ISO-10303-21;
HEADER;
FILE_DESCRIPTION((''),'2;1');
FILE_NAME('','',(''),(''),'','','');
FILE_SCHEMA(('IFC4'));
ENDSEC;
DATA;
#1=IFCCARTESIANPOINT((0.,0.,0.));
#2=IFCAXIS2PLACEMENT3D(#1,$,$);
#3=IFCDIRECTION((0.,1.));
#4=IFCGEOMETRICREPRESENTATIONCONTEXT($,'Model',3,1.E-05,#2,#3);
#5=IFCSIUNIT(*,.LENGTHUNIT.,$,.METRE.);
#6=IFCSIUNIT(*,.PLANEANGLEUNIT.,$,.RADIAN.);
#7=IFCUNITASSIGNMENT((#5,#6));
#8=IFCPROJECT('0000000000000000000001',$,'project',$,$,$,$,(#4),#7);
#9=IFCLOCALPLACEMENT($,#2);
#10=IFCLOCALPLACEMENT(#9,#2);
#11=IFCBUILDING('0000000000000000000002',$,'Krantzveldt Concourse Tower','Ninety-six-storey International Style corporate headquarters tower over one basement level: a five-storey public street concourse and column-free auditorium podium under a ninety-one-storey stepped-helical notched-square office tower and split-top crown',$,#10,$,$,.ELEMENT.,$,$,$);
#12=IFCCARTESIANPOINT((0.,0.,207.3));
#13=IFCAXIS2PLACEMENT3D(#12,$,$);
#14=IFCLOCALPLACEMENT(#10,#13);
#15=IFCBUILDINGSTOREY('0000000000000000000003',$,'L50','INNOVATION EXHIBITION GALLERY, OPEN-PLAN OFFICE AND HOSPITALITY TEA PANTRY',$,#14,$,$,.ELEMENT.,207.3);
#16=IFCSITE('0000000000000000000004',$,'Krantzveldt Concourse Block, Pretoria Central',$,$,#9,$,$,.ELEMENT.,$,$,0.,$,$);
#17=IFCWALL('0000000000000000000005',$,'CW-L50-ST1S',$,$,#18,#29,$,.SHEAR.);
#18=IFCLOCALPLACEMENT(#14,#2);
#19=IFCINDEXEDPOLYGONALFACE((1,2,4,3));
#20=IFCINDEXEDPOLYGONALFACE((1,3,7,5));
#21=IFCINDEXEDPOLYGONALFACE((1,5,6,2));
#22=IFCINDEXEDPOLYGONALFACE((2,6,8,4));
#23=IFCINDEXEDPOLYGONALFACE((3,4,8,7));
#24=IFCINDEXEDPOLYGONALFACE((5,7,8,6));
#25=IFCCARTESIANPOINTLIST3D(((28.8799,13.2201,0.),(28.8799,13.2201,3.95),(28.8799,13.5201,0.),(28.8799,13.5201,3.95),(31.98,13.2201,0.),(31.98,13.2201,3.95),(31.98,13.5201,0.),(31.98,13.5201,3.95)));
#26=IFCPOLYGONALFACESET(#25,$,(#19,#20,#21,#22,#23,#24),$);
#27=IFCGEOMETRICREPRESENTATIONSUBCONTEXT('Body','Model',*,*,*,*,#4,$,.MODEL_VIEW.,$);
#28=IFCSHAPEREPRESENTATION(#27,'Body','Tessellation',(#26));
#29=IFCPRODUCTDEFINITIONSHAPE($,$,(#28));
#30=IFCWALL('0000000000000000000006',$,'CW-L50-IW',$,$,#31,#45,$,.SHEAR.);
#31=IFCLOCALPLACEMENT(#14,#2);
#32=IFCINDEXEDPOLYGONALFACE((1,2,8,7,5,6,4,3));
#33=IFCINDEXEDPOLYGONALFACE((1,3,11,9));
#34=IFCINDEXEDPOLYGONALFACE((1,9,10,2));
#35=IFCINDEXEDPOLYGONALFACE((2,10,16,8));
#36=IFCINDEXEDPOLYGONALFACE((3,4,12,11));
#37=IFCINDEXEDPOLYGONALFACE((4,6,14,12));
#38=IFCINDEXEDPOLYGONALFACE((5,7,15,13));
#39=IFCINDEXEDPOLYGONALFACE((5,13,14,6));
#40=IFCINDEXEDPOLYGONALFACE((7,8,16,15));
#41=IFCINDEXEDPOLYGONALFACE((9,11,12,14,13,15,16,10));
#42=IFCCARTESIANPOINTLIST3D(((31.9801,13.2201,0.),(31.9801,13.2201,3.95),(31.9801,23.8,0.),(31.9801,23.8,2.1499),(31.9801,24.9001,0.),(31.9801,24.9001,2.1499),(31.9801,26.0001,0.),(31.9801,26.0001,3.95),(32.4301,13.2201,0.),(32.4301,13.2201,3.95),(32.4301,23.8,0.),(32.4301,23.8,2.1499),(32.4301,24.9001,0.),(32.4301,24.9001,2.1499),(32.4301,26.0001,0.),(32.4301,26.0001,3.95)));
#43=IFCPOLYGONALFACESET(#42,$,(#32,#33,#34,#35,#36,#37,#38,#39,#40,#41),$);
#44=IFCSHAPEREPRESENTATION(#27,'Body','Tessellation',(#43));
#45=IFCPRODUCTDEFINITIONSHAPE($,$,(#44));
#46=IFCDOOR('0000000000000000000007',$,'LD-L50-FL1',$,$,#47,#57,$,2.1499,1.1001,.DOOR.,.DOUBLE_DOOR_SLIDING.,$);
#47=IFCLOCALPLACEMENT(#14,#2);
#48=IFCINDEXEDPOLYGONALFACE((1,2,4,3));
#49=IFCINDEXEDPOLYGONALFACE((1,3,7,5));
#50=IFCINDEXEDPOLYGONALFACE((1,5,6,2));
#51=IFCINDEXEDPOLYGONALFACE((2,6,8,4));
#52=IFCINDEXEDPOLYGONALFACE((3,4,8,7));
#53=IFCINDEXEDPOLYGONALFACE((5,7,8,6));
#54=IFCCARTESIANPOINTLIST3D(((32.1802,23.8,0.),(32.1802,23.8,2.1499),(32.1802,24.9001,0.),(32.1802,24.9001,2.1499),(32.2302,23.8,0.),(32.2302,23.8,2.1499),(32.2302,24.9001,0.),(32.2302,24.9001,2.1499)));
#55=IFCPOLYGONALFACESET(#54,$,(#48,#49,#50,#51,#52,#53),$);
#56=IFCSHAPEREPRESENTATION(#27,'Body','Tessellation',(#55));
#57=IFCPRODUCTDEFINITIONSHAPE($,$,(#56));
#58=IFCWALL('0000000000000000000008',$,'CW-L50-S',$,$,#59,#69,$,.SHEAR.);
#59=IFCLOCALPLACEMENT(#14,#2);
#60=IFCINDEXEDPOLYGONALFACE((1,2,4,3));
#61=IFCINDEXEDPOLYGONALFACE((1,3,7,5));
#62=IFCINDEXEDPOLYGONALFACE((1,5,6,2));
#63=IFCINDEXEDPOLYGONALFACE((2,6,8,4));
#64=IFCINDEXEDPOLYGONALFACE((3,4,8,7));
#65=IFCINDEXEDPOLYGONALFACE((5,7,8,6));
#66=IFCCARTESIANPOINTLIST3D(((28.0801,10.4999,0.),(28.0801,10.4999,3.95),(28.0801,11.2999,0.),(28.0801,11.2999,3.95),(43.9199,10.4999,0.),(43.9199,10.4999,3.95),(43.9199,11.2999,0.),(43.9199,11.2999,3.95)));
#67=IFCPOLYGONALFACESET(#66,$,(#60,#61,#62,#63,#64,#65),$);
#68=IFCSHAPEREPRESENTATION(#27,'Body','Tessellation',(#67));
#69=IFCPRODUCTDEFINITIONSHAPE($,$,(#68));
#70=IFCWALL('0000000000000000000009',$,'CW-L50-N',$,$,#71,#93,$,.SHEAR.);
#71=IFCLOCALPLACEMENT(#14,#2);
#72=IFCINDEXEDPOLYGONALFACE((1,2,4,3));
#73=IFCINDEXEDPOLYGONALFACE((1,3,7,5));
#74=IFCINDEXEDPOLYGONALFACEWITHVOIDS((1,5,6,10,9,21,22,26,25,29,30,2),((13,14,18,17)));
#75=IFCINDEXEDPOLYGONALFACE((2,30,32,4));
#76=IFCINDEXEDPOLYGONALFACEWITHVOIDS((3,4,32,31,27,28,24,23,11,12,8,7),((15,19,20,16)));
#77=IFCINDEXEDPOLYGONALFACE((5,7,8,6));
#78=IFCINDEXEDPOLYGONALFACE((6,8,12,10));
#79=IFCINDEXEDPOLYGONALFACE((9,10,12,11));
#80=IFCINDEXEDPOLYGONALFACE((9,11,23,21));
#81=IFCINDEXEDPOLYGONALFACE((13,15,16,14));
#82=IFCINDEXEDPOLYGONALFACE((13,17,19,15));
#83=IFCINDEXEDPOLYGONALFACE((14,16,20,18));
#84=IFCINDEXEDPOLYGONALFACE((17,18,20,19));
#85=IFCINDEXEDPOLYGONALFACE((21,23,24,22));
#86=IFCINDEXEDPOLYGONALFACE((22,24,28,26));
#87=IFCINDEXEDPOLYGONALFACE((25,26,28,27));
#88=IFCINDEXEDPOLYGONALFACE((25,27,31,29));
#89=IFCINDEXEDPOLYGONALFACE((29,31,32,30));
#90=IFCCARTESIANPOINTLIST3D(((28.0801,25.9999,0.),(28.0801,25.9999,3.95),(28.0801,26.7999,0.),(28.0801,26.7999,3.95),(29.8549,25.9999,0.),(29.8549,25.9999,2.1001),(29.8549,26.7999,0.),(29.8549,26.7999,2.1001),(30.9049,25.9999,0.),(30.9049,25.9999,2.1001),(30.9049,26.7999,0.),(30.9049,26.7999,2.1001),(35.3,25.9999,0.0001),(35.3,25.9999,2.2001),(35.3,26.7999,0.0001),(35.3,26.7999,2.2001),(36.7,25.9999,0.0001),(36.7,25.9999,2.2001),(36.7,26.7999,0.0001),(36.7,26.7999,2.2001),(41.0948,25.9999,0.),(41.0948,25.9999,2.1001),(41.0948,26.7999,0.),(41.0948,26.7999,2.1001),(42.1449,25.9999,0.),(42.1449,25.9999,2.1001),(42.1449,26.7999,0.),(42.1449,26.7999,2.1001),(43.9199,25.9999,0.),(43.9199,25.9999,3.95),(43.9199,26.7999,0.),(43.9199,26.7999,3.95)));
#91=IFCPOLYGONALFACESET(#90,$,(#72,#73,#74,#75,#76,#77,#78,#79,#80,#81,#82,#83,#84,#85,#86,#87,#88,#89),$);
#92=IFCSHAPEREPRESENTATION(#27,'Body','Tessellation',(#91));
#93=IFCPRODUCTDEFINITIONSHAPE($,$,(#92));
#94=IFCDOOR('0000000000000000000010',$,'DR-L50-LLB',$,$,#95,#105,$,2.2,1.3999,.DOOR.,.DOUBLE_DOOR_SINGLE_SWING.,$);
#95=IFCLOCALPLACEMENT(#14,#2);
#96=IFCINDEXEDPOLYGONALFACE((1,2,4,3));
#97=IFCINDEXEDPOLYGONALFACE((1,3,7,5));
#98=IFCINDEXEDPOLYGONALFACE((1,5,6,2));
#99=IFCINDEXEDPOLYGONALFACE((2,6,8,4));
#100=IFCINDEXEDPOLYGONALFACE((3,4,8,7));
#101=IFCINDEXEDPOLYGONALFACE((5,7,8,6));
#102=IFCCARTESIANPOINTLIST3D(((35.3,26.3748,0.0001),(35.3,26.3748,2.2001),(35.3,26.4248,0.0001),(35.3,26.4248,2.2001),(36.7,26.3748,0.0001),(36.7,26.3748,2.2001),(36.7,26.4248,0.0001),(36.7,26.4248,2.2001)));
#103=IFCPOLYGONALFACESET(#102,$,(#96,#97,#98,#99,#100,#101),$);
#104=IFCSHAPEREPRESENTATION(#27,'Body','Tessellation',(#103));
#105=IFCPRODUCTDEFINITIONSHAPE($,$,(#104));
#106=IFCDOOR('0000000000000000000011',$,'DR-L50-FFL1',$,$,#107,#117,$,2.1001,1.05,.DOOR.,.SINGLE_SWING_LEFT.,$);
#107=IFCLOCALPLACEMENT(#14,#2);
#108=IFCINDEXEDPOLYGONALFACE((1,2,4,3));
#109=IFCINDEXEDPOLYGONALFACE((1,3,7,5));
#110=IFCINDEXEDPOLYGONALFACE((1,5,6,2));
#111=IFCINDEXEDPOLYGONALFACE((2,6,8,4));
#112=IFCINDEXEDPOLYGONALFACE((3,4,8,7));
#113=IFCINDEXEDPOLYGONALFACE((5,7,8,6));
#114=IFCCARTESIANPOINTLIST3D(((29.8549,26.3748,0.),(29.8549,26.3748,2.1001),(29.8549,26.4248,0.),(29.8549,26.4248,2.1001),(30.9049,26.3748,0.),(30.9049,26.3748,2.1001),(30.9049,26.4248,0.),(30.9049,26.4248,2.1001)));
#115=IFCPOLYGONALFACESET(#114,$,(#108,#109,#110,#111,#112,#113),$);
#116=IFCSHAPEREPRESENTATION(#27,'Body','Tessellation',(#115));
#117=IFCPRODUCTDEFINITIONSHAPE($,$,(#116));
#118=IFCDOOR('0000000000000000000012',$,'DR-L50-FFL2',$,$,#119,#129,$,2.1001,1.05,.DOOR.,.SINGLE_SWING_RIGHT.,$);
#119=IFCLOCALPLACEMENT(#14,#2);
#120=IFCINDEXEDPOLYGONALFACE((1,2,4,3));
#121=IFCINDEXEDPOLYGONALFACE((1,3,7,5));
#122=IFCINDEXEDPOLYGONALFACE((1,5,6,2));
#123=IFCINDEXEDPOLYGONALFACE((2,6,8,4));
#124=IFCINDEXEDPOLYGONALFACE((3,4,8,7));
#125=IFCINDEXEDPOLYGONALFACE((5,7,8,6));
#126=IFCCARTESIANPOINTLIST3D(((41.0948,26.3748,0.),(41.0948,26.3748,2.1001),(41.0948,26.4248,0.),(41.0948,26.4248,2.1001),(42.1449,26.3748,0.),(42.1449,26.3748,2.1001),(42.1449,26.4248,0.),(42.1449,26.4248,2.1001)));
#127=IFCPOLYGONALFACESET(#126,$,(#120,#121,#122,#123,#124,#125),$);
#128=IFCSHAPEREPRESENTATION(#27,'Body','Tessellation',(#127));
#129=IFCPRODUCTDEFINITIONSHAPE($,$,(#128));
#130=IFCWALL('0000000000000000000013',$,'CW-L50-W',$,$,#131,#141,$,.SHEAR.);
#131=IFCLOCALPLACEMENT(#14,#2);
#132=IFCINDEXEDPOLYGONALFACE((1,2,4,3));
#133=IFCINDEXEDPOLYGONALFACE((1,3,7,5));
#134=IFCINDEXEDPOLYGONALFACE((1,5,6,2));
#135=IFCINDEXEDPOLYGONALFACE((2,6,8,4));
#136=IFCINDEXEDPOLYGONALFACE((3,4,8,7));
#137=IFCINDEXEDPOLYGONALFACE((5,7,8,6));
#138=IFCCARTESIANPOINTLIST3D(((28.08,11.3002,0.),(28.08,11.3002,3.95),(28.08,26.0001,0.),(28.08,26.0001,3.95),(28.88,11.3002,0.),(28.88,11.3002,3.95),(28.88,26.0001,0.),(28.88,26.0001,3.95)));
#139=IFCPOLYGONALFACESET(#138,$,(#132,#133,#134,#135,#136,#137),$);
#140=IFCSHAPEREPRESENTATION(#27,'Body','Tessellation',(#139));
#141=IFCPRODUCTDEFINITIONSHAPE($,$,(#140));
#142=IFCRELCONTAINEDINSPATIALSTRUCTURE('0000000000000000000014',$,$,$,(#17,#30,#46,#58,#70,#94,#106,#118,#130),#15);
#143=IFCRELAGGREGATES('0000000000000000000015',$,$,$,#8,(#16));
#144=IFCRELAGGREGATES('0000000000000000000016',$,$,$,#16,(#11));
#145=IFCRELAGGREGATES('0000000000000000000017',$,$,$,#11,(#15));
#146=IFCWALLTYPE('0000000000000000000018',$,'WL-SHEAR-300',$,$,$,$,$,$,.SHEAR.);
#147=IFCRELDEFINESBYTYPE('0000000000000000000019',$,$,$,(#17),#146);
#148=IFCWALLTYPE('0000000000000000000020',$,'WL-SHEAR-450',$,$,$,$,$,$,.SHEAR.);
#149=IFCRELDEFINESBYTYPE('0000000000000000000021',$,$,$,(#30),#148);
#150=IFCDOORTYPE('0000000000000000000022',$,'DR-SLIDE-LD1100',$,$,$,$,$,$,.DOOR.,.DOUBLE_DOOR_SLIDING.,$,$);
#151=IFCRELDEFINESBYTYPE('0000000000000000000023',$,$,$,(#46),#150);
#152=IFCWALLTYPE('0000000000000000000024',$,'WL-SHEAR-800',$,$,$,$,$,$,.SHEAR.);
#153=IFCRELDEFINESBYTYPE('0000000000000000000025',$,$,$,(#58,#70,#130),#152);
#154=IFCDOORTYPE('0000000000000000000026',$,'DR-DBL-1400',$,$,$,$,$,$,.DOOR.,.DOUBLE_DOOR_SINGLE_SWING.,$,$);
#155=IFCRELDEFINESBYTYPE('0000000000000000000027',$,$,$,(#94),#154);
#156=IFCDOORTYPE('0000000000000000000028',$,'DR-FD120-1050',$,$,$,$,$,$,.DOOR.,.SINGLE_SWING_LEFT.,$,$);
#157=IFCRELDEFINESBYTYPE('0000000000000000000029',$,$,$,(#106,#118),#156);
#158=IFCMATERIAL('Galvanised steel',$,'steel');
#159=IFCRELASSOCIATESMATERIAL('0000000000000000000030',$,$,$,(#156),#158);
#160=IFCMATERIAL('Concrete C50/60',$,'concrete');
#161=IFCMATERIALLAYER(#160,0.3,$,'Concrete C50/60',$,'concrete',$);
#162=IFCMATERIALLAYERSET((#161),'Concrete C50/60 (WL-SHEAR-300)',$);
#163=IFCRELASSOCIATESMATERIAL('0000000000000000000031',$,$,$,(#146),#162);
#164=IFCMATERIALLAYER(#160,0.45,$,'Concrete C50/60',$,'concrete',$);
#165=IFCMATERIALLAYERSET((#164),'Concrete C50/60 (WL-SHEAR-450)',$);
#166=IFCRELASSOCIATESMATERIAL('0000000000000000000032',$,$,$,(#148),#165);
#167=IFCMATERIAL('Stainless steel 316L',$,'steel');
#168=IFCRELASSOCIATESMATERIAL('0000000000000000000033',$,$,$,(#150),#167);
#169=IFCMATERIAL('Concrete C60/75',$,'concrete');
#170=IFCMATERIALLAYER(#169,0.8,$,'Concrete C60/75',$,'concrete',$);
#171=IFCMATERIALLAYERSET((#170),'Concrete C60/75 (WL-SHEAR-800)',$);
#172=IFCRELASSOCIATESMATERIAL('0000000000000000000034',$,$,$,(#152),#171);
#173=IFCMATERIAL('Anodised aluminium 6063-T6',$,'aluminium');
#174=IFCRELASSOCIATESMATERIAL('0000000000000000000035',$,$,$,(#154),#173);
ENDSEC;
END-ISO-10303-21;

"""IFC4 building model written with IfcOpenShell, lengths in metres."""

from ifc_helpers import new_model, si_unit, direction, frame, frame_2d, origin, place, context, subcontext, project, spatial, rectangle, extrude, material, layer, layer_set, type_object, element, fill, save


model = new_model("IFC4")

# Units and contexts
model_context = context("Model", 3, precision=1e-05, world=origin(), true_north=direction((0.0, 1.0)))
body_context = subcontext(model_context, "Body", "Model", "MODEL_VIEW")
ifc_project = project(units=[si_unit("LENGTHUNIT", "METRE"), si_unit("PLANEANGLEUNIT", "RADIAN")], contexts=[model_context])

# Site, building, storey
site_placement = place(None, origin())
site = spatial("IfcSite", under=ifc_project, at=site_placement, Name="Krantzveldt Concourse Block, Pretoria Central", CompositionType="ELEMENT", RefElevation=0.0)
building_placement = place(site_placement, origin())
building = spatial("IfcBuilding", under=site, at=building_placement, Name="Krantzveldt Concourse Tower", Description="Ninety-six-storey International Style corporate headquarters tower over one basement level: a five-storey public street concourse and column-free auditorium podium under a ninety-one-storey stepped-helical notched-square office tower and split-top crown", CompositionType="ELEMENT")
storey_placement = place(building_placement, frame((0.0, 0.0, 207.3)))
storey = spatial("IfcBuildingStorey", under=building, at=storey_placement, Name="L50", Description="INNOVATION EXHIBITION GALLERY, OPEN-PLAN OFFICE AND HOSPITALITY TEA PANTRY", CompositionType="ELEMENT", Elevation=207.3)

# Shared definitions
ifc_material_1 = material(Name="Concrete C50/60", Category="concrete")

# Shared definitions
ifc_material_2 = material(Name="Anodised aluminium 6063-T6", Category="aluminium")

# Shared definitions
ifc_material_3 = material(Name="Galvanised steel", Category="steel")
door_type_1 = type_object("IfcDoorType", Name="DR-FD120-1050", OperationType="SINGLE_SWING_LEFT", PredefinedType="DOOR", material=ifc_material_3)

# Wall
ifc_layer_1 = layer(ifc_material_1, 0.3, Name="Concrete C50/60", Category="concrete")
ifc_layer_set_1 = layer_set([ifc_layer_1], Name="Concrete C50/60 (WL-SHEAR-300)")
wall_type_1 = type_object("IfcWallType", Name="WL-SHEAR-300", PredefinedType="SHEAR", material=ifc_layer_set_1)
wall_1_placement = place(storey_placement, frame((28.8799, 13.3701, 0.0), z_axis=(0.0, 0.0, 1.0), x_axis=(1.0, 0.0, 0.0)))
element("IfcWall", 1, at=wall_1_placement, inside=storey, type_object=wall_type_1, Name="CW-L50-ST1S", PredefinedType="SHEAR", context=body_context, shape_type="SweptSolid", body=[
    extrude(rectangle(XDim=3.1001, YDim=0.3, at=frame_2d((1.55, 0.0))), origin(), (0.0, 0.0, 1.0), 3.95),
])

# Wall, opening, door
ifc_layer_2 = layer(ifc_material_1, 0.45, Name="Concrete C50/60", Category="concrete")
ifc_layer_set_2 = layer_set([ifc_layer_2], Name="Concrete C50/60 (WL-SHEAR-450)")
wall_type_2 = type_object("IfcWallType", Name="WL-SHEAR-450", PredefinedType="SHEAR", material=ifc_layer_set_2)
wall_2_placement = place(storey_placement, frame((32.2051, 13.22, 0.0), z_axis=(0.0, 0.0, 1.0), x_axis=(0.0, 1.0, 0.0)))
wall_2 = element("IfcWall", 2, at=wall_2_placement, inside=storey, type_object=wall_type_2, Name="CW-L50-IW", PredefinedType="SHEAR", context=body_context, shape_type="SweptSolid", body=[
    extrude(rectangle(XDim=12.78, YDim=0.45, at=frame_2d((6.3901, 0.0))), origin(), (0.0, 0.0, 1.0), 3.95),
])
opening_1_placement = place(wall_2_placement, frame((10.5801, 0.0, 0.0)))
opening_1 = element("IfcOpeningElement", 3, at=opening_1_placement, cuts=wall_2, PredefinedType="OPENING", context=body_context, shape_type="SweptSolid", body=[
    extrude(rectangle(XDim=1.1001, YDim=2.1499, at=frame_2d((0.55, 1.075))), frame((0.0, 0.2349, 0.0), z_axis=(0.0, -1.0, 0.0), x_axis=(1.0, 0.0, 0.0)), (0.0, 0.0, 1.0), 0.47),
])
ifc_material_4 = material(Name="Stainless steel 316L", Category="steel")
door_type_2 = type_object("IfcDoorType", Name="DR-SLIDE-LD1100", OperationType="DOUBLE_DOOR_SLIDING", PredefinedType="DOOR", material=ifc_material_4)
door_1_placement = place(opening_1_placement, origin())
door_1 = element("IfcDoor", 4, at=door_1_placement, inside=storey, type_object=door_type_2, Name="LD-L50-FL1", OperationType="DOUBLE_DOOR_SLIDING", OverallHeight=2.1499, OverallWidth=1.1001, PredefinedType="DOOR", context=body_context, shape_type="SweptSolid", body=[
    extrude(rectangle(XDim=1.1001, YDim=2.1499, at=frame_2d((0.55, 1.075))), frame((0.0, 0.0249, 0.0), z_axis=(0.0, -1.0, 0.0), x_axis=(1.0, 0.0, 0.0)), (0.0, 0.0, 1.0), 0.05),
])
fill(opening_1, door_1)

# Wall
ifc_material_5 = material(Name="Concrete C60/75", Category="concrete")
ifc_layer_3 = layer(ifc_material_5, 0.8, Name="Concrete C60/75", Category="concrete")
ifc_layer_set_3 = layer_set([ifc_layer_3], Name="Concrete C60/75 (WL-SHEAR-800)")
wall_type_3 = type_object("IfcWallType", Name="WL-SHEAR-800", PredefinedType="SHEAR", material=ifc_layer_set_3)
wall_3_placement = place(storey_placement, frame((28.0801, 10.8999, 0.0), z_axis=(0.0, 0.0, 1.0), x_axis=(1.0, 0.0, 0.0)))
element("IfcWall", 5, at=wall_3_placement, inside=storey, type_object=wall_type_3, Name="CW-L50-S", PredefinedType="SHEAR", context=body_context, shape_type="SweptSolid", body=[
    extrude(rectangle(XDim=15.8398, YDim=0.8, at=frame_2d((7.9199, 0.0))), origin(), (0.0, 0.0, 1.0), 3.95),
])

# Wall, openings, doors
wall_4_placement = place(storey_placement, frame((28.0801, 26.3999, 0.0), z_axis=(0.0, 0.0, 1.0), x_axis=(1.0, 0.0, 0.0)))
wall_4 = element("IfcWall", 6, at=wall_4_placement, inside=storey, type_object=wall_type_3, Name="CW-L50-N", PredefinedType="SHEAR", context=body_context, shape_type="SweptSolid", body=[
    extrude(rectangle(XDim=15.8398, YDim=0.8, at=frame_2d((7.9199, 0.0))), origin(), (0.0, 0.0, 1.0), 3.95),
])
opening_2_placement = place(wall_4_placement, frame((7.22, 0.0, 0.0)))
opening_2 = element("IfcOpeningElement", 7, at=opening_2_placement, cuts=wall_4, PredefinedType="OPENING", context=body_context, shape_type="SweptSolid", body=[
    extrude(rectangle(XDim=1.3999, YDim=2.2, at=frame_2d((0.7, 1.1001))), frame((0.0, 0.4102, 0.0), z_axis=(0.0, -1.0, 0.0), x_axis=(1.0, 0.0, 0.0)), (0.0, 0.0, 1.0), 0.8201),
])
opening_3_placement = place(wall_4_placement, frame((1.7749, 0.0, 0.0)))
opening_3 = element("IfcOpeningElement", 8, at=opening_3_placement, cuts=wall_4, PredefinedType="OPENING", context=body_context, shape_type="SweptSolid", body=[
    extrude(rectangle(XDim=1.05, YDim=2.1001, at=frame_2d((0.5249, 1.05))), frame((0.0, 0.4102, 0.0), z_axis=(0.0, -1.0, 0.0), x_axis=(1.0, 0.0, 0.0)), (0.0, 0.0, 1.0), 0.8201),
])
opening_4_placement = place(wall_4_placement, frame((13.0149, 0.0, 0.0)))
opening_4 = element("IfcOpeningElement", 9, at=opening_4_placement, cuts=wall_4, PredefinedType="OPENING", context=body_context, shape_type="SweptSolid", body=[
    extrude(rectangle(XDim=1.05, YDim=2.1001, at=frame_2d((0.5249, 1.05))), frame((0.0, 0.4102, 0.0), z_axis=(0.0, -1.0, 0.0), x_axis=(1.0, 0.0, 0.0)), (0.0, 0.0, 1.0), 0.8201),
])
door_type_3 = type_object("IfcDoorType", Name="DR-DBL-1400", OperationType="DOUBLE_DOOR_SINGLE_SWING", PredefinedType="DOOR", material=ifc_material_2)
door_2_placement = place(opening_2_placement, origin())
door_2 = element("IfcDoor", 10, at=door_2_placement, inside=storey, type_object=door_type_3, Name="DR-L50-LLB", OperationType="DOUBLE_DOOR_SINGLE_SWING", OverallHeight=2.2, OverallWidth=1.3999, PredefinedType="DOOR", context=body_context, shape_type="SweptSolid", body=[
    extrude(rectangle(XDim=1.3999, YDim=2.2, at=frame_2d((0.7, 1.1001))), frame((0.0, 0.0249, 0.0), z_axis=(0.0, -1.0, 0.0), x_axis=(1.0, 0.0, 0.0)), (0.0, 0.0, 1.0), 0.05),
])
fill(opening_2, door_2)
door_3_placement = place(opening_3_placement, origin())
door_3 = element("IfcDoor", 11, at=door_3_placement, inside=storey, type_object=door_type_1, Name="DR-L50-FFL1", OperationType="SINGLE_SWING_LEFT", OverallHeight=2.1001, OverallWidth=1.05, PredefinedType="DOOR", context=body_context, shape_type="SweptSolid", body=[
    extrude(rectangle(XDim=1.05, YDim=2.1001, at=frame_2d((0.5249, 1.05))), frame((0.0, 0.0249, 0.0), z_axis=(0.0, -1.0, 0.0), x_axis=(1.0, 0.0, 0.0)), (0.0, 0.0, 1.0), 0.05),
])
fill(opening_3, door_3)
door_4_placement = place(opening_4_placement, origin())
door_4 = element("IfcDoor", 12, at=door_4_placement, inside=storey, type_object=door_type_1, Name="DR-L50-FFL2", OperationType="SINGLE_SWING_RIGHT", OverallHeight=2.1001, OverallWidth=1.05, PredefinedType="DOOR", context=body_context, shape_type="SweptSolid", body=[
    extrude(rectangle(XDim=1.05, YDim=2.1001, at=frame_2d((0.5249, 1.05))), frame((0.0, 0.0249, 0.0), z_axis=(0.0, -1.0, 0.0), x_axis=(1.0, 0.0, 0.0)), (0.0, 0.0, 1.0), 0.05),
])
fill(opening_4, door_4)

# Wall
wall_5_placement = place(storey_placement, frame((28.48, 11.3, 0.0), z_axis=(0.0, 0.0, 1.0), x_axis=(0.0, 1.0, 0.0)))
element("IfcWall", 13, at=wall_5_placement, inside=storey, type_object=wall_type_3, Name="CW-L50-W", PredefinedType="SHEAR", context=body_context, shape_type="SweptSolid", body=[
    extrude(rectangle(XDim=14.7, YDim=0.8, at=frame_2d((7.3501, 0.0))), origin(), (0.0, 0.0, 1.0), 3.95),
])

save(model, "model.ifc")
